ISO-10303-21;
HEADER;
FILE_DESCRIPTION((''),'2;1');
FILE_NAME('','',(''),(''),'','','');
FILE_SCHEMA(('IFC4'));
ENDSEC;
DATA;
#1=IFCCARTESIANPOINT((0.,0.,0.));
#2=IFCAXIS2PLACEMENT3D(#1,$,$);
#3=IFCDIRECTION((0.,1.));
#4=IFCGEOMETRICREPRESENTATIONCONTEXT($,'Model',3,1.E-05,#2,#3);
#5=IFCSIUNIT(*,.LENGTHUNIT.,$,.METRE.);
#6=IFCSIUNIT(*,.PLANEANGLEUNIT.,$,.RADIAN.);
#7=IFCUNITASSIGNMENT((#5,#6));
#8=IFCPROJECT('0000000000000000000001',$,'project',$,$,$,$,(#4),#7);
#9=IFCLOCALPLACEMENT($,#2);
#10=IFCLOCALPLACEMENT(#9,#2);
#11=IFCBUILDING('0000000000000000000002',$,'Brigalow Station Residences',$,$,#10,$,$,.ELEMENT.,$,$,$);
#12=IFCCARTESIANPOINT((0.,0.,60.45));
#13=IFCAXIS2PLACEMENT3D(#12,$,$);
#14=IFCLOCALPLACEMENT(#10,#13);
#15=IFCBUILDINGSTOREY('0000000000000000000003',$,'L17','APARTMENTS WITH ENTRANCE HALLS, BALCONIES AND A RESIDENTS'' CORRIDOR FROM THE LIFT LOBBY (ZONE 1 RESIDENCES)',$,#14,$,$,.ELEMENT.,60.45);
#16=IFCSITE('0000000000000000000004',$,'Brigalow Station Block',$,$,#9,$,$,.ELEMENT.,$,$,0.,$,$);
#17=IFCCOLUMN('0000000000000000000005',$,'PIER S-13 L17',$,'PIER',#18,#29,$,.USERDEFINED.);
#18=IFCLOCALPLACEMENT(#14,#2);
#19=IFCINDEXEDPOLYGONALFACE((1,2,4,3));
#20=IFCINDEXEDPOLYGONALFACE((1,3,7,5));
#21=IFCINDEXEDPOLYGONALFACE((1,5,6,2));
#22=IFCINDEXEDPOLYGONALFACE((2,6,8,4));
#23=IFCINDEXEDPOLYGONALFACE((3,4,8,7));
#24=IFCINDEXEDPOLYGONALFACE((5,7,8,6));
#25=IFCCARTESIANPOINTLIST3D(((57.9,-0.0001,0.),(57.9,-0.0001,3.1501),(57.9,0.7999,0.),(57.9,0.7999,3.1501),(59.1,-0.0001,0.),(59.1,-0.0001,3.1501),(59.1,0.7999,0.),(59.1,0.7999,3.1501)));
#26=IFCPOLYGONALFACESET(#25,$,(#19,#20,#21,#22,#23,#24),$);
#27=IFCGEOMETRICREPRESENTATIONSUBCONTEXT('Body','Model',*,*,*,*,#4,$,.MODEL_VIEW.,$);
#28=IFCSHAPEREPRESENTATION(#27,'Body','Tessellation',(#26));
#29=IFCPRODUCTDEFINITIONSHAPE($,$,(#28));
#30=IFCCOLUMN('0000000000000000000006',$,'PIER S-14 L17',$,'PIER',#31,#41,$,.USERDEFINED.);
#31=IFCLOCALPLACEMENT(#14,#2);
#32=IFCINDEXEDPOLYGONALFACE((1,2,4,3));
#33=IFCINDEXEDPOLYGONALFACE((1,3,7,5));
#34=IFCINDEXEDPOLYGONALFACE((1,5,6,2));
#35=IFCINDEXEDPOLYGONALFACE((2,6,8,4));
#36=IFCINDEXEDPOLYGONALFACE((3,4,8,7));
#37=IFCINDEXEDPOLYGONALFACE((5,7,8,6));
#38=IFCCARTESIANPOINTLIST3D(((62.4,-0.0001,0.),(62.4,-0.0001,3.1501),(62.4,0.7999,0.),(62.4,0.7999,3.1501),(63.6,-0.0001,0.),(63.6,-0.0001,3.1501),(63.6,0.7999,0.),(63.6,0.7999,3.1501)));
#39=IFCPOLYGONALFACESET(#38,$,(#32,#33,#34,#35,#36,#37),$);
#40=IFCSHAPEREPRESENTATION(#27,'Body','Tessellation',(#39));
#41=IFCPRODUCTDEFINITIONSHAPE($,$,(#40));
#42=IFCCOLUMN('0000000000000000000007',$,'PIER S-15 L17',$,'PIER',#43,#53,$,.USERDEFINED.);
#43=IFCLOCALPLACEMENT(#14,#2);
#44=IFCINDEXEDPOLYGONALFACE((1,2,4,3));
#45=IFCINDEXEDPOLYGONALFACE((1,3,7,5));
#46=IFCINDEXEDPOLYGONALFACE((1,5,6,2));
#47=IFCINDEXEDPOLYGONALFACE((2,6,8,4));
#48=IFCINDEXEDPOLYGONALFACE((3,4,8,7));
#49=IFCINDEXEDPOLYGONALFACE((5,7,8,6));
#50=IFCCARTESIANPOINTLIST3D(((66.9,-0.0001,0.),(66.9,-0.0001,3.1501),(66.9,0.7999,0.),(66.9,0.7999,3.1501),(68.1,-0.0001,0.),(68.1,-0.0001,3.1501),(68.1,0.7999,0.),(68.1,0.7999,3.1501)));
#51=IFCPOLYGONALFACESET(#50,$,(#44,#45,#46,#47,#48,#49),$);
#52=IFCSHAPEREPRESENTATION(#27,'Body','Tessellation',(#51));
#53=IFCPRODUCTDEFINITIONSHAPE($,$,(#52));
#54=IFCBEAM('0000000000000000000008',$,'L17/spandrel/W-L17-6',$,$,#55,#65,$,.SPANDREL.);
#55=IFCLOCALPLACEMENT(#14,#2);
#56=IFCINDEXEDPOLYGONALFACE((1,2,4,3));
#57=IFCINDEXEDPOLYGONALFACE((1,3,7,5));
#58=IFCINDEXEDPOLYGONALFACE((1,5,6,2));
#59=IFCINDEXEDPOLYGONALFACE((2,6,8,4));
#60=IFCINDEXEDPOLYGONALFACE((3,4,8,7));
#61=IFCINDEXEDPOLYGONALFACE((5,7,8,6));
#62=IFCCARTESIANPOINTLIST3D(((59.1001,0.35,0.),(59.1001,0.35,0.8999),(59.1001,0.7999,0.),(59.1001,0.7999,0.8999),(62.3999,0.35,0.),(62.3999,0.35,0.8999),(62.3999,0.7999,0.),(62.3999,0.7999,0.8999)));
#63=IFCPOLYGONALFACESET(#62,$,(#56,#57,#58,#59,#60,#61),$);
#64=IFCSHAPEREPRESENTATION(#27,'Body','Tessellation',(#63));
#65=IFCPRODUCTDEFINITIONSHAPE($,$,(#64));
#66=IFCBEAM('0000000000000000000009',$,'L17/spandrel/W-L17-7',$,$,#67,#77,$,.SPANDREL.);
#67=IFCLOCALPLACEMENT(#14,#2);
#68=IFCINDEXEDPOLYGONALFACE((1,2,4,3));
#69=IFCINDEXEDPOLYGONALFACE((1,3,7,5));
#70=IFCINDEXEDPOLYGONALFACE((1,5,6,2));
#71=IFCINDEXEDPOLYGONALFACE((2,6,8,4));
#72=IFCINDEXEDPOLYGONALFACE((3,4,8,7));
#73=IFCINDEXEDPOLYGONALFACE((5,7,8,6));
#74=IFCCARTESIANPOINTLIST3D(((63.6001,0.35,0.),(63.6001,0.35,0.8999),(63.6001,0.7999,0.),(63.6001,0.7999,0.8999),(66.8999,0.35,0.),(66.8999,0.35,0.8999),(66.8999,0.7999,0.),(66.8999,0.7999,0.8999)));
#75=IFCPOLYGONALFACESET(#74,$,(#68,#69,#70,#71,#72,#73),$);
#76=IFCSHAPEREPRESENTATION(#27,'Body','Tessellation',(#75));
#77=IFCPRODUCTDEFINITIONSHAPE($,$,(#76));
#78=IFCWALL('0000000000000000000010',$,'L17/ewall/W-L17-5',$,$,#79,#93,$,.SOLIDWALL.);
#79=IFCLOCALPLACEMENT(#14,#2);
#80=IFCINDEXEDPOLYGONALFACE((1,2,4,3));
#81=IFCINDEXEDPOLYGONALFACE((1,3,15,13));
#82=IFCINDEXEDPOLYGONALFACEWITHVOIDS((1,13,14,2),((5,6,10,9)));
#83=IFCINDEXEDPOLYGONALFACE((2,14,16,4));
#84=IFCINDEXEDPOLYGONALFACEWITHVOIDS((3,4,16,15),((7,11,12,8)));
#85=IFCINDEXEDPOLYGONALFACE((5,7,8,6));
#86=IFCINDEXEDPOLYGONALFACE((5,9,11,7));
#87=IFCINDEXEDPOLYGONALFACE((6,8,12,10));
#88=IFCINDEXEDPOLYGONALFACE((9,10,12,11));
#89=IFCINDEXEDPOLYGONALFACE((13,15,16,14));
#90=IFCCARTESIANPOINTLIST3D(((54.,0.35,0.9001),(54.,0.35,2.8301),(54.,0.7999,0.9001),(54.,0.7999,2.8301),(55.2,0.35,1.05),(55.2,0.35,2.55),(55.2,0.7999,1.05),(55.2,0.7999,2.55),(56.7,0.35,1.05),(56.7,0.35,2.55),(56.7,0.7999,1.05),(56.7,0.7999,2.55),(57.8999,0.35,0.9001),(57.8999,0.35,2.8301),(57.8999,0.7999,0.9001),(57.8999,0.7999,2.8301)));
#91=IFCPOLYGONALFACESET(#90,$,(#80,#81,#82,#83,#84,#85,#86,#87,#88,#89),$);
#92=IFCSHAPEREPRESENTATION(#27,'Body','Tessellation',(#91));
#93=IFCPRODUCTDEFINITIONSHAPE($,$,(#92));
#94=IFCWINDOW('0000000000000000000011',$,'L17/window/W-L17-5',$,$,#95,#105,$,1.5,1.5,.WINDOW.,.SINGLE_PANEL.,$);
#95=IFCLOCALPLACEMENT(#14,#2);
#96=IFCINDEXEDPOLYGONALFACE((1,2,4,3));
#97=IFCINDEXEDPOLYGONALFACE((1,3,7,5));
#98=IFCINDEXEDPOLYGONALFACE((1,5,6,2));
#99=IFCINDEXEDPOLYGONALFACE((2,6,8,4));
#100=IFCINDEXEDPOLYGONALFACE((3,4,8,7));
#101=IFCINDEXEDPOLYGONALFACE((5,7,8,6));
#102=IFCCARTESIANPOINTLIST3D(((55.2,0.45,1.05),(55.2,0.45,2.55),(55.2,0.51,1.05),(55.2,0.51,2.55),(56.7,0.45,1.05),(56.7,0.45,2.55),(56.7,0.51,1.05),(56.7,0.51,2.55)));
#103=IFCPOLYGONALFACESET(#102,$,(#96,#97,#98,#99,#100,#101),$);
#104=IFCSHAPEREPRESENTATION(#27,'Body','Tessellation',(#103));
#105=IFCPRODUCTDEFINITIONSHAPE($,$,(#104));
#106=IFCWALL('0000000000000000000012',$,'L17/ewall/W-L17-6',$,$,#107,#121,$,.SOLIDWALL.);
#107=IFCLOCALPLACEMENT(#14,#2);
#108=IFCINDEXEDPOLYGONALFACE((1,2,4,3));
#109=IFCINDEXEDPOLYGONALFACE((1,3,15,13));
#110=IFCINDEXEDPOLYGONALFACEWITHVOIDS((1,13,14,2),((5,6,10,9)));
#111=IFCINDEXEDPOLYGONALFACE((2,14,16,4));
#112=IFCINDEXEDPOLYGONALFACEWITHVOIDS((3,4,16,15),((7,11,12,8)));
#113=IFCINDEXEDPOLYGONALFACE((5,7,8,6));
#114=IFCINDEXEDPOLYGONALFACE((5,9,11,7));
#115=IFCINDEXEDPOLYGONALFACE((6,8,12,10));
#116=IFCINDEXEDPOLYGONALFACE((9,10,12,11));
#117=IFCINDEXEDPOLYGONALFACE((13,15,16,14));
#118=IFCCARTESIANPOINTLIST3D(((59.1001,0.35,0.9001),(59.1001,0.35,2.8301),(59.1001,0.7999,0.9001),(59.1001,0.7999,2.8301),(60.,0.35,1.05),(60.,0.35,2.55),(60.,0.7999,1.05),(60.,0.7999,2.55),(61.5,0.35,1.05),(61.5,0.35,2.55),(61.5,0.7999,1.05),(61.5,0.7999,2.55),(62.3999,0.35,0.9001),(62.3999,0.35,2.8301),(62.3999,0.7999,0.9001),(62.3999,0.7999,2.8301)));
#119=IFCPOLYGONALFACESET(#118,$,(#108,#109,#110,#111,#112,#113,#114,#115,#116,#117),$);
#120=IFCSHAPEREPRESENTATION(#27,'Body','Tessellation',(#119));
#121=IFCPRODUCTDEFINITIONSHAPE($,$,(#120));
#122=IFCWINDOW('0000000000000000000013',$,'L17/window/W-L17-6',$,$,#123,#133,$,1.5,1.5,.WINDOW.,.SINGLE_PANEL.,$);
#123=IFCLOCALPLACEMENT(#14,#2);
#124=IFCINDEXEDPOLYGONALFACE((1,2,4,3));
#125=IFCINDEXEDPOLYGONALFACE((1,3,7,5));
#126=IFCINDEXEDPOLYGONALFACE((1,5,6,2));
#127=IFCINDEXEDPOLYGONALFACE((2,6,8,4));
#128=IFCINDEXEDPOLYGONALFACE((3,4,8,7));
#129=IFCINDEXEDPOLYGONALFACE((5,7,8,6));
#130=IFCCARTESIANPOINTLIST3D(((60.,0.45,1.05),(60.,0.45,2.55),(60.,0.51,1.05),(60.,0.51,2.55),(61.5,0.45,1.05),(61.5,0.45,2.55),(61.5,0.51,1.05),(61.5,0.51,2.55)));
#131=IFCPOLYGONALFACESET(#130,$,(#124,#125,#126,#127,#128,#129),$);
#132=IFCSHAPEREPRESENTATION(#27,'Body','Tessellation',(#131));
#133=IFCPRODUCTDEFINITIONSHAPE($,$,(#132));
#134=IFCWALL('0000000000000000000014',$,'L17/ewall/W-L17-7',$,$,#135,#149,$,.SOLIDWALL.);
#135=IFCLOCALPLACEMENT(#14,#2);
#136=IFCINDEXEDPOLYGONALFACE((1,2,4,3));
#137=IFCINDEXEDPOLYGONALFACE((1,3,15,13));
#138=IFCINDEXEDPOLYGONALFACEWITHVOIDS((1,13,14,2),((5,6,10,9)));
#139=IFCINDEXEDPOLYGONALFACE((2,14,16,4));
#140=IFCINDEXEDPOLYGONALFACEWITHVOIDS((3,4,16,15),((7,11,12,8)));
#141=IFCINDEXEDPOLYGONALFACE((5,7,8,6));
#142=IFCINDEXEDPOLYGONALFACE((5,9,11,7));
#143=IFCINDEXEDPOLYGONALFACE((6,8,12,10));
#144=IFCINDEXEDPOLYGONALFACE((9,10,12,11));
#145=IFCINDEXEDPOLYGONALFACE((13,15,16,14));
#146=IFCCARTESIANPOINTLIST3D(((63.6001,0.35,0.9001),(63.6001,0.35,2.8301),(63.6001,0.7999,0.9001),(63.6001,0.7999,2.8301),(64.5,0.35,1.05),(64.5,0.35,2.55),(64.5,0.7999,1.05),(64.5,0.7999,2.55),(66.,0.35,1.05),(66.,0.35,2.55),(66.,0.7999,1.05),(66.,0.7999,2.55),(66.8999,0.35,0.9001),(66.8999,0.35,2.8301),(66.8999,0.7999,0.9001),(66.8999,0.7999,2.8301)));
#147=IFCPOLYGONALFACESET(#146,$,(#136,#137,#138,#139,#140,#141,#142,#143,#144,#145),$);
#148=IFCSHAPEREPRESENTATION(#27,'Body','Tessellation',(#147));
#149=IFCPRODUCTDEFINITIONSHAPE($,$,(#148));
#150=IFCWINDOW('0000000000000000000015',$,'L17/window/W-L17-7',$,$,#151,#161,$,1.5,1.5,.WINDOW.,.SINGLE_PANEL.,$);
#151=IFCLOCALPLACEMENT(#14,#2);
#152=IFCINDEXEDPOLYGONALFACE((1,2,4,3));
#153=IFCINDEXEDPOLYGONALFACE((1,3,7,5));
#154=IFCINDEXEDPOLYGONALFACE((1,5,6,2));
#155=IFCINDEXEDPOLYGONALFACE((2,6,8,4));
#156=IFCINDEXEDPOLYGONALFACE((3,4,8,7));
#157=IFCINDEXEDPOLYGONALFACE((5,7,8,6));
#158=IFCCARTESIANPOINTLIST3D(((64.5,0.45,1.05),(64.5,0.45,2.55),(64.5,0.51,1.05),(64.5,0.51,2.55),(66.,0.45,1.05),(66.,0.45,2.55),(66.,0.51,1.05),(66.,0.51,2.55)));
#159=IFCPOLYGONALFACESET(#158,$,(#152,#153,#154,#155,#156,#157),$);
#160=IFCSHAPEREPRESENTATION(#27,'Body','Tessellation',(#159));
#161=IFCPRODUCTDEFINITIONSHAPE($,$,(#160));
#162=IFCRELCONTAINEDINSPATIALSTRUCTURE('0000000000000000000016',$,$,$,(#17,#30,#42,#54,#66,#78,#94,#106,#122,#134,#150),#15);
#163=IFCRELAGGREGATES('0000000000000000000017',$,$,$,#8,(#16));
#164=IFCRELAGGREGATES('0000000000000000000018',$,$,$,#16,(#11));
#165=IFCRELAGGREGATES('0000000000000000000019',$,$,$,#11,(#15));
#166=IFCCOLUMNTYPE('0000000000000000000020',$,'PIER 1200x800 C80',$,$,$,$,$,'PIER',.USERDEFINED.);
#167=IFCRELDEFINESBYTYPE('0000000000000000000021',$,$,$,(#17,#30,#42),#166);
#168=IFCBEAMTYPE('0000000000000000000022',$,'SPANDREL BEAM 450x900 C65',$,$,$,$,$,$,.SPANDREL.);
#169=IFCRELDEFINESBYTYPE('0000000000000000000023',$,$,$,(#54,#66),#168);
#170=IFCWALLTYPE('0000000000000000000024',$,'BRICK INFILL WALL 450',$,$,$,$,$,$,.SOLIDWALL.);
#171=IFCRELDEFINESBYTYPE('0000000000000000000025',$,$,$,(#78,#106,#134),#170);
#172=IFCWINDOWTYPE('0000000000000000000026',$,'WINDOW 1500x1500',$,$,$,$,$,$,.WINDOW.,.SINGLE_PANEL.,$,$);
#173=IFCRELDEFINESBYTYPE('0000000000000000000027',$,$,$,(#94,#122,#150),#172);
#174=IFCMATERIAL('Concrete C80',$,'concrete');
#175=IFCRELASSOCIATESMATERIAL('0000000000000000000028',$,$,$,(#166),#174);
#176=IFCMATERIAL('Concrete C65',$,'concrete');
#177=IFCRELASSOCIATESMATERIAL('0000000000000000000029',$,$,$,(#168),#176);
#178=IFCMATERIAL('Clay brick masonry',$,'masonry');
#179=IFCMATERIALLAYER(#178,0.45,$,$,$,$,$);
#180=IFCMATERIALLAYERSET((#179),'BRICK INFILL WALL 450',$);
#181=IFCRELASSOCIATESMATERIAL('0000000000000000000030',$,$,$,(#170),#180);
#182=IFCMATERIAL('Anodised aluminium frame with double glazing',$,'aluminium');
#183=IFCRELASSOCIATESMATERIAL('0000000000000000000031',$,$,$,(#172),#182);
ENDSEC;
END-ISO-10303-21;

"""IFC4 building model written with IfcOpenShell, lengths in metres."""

from ifc_helpers import new_model, si_unit, direction, frame, frame_2d, origin, origin_2d, place, context, subcontext, project, spatial, rectangle, extrude, material, layer, layer_set, material_profile, profile_set, type_object, element, fill, save


model = new_model("IFC4")

# Units and contexts
model_context = context("Model", 3, precision=1e-05, world=origin(), true_north=direction((0.0, 1.0)))
body_context = subcontext(model_context, "Body", "Model", "MODEL_VIEW")
ifc_project = project(units=[si_unit("LENGTHUNIT", "METRE"), si_unit("PLANEANGLEUNIT", "RADIAN")], contexts=[model_context])

# Site, building, storey
site_placement = place(None, origin())
site = spatial("IfcSite", under=ifc_project, at=site_placement, Name="Brigalow Station Block", CompositionType="ELEMENT", RefElevation=0.0)
building_placement = place(site_placement, origin())
building = spatial("IfcBuilding", under=site, at=building_placement, Name="Brigalow Station Residences", CompositionType="ELEMENT")
storey_placement = place(building_placement, frame((0.0, 0.0, 60.45)))
storey = spatial("IfcBuildingStorey", under=building, at=storey_placement, Name="L17", Description="APARTMENTS WITH ENTRANCE HALLS, BALCONIES AND A RESIDENTS' CORRIDOR FROM THE LIFT LOBBY (ZONE 1 RESIDENCES)", CompositionType="ELEMENT", Elevation=60.45)

# Columns
ifc_material_1 = material(Name="Concrete C80", Category="concrete")
ifc_material_profile_1 = material_profile(ifc_material_1, rectangle(XDim=1.2, YDim=0.8, at=origin_2d()), Name="RC1200x800")
ifc_profile_set_1 = profile_set([ifc_material_profile_1], Name="Concrete C80")
column_type = type_object("IfcColumnType", Name="PIER 1200x800 C80", ElementType="PIER", PredefinedType="USERDEFINED", material=ifc_profile_set_1)
for number, where, z_axis, x_axis, name in (
    (1, (58.5, 0.3999, 0.0), (0.0, 0.0, 1.0), (1.0, 0.0, 0.0), "PIER S-13 L17"),
    (2, (63.0, 0.3999, 0.0), (0.0, 0.0, 1.0), (1.0, 0.0, 0.0), "PIER S-14 L17"),
    (3, (67.5, 0.3999, 0.0), (0.0, 0.0, 1.0), (1.0, 0.0, 0.0), "PIER S-15 L17"),
):
    element("IfcColumn", number, at=place(storey_placement, frame(where, z_axis=z_axis, x_axis=x_axis)), inside=storey, type_object=column_type, Name=name, ObjectType="PIER", PredefinedType="USERDEFINED", context=body_context, shape_type="SweptSolid", body=[
        extrude(rectangle(XDim=1.2, YDim=0.8, at=origin_2d()), origin(), (0.0, 0.0, 1.0), 3.1501),
    ])

# Beams
ifc_material_2 = material(Name="Concrete C65", Category="concrete")
ifc_material_profile_2 = material_profile(ifc_material_2, rectangle(XDim=0.45, YDim=0.8999, at=origin_2d()), Name="RC450x900")
ifc_profile_set_2 = profile_set([ifc_material_profile_2], Name="Concrete C65")
beam_type = type_object("IfcBeamType", Name="SPANDREL BEAM 450x900 C65", PredefinedType="SPANDREL", material=ifc_profile_set_2)
for number, where, z_axis, x_axis, name in (
    (4, (59.1001, 0.575, 0.45), (1.0, 0.0, 0.0), (0.0, 1.0, 0.0), "L17/spandrel/W-L17-6"),
    (5, (63.6001, 0.575, 0.45), (1.0, 0.0, 0.0), (0.0, 1.0, 0.0), "L17/spandrel/W-L17-7"),
):
    element("IfcBeam", number, at=place(storey_placement, frame(where, z_axis=z_axis, x_axis=x_axis)), inside=storey, type_object=beam_type, Name=name, PredefinedType="SPANDREL", context=body_context, shape_type="SweptSolid", body=[
        extrude(rectangle(XDim=0.45, YDim=0.8999, at=origin_2d()), origin(), (0.0, 0.0, 1.0), 3.2998),
    ])

# Walls, openings, windows
ifc_material_3 = material(Name="Clay brick masonry", Category="masonry")
ifc_layer_1 = layer(ifc_material_3, 0.45)
ifc_layer_set_1 = layer_set([ifc_layer_1], Name="BRICK INFILL WALL 450")
wall_type_1 = type_object("IfcWallType", Name="BRICK INFILL WALL 450", PredefinedType="SOLIDWALL", material=ifc_layer_set_1)
wall_1_placement = place(storey_placement, frame((54.0, 0.575, 0.9001), z_axis=(0.0, 0.0, 1.0), x_axis=(1.0, 0.0, 0.0)))
wall_1 = element("IfcWall", 6, at=wall_1_placement, inside=storey, type_object=wall_type_1, Name="L17/ewall/W-L17-5", PredefinedType="SOLIDWALL", context=body_context, shape_type="SweptSolid", body=[
    extrude(rectangle(XDim=3.8999, YDim=0.45, at=frame_2d((1.95, 0.0))), origin(), (0.0, 0.0, 1.0), 1.9299),
])
opening_1_placement = place(wall_1_placement, frame((1.2, 0.0, 0.1499)))
opening_1 = element("IfcOpeningElement", 7, at=opening_1_placement, cuts=wall_1, PredefinedType="OPENING", context=body_context, shape_type="SweptSolid", body=[
    extrude(rectangle(XDim=1.5, YDim=1.5, at=frame_2d((0.75, 0.75))), frame((0.0, 0.2349, 0.0), z_axis=(0.0, -1.0, 0.0), x_axis=(1.0, 0.0, 0.0)), (0.0, 0.0, 1.0), 0.47),
])
ifc_material_4 = material(Name="Anodised aluminium frame with double glazing", Category="aluminium")
window_type = type_object("IfcWindowType", Name="WINDOW 1500x1500", PartitioningType="SINGLE_PANEL", PredefinedType="WINDOW", material=ifc_material_4)
window_1_placement = place(opening_1_placement, origin())
window_1 = element("IfcWindow", 8, at=window_1_placement, inside=storey, type_object=window_type, Name="L17/window/W-L17-5", OverallHeight=1.5, OverallWidth=1.5, PartitioningType="SINGLE_PANEL", PredefinedType="WINDOW", context=body_context, shape_type="SweptSolid", body=[
    extrude(rectangle(XDim=1.5, YDim=1.5, at=frame_2d((0.75, 0.75))), frame((0.0, -0.0649, 0.0), z_axis=(0.0, -1.0, 0.0), x_axis=(1.0, 0.0, 0.0)), (0.0, 0.0, 1.0), 0.0601),
])
fill(opening_1, window_1)
wall_2_placement = place(storey_placement, frame((59.1001, 0.575, 0.9001), z_axis=(0.0, 0.0, 1.0), x_axis=(1.0, 0.0, 0.0)))
wall_2 = element("IfcWall", 9, at=wall_2_placement, inside=storey, type_object=wall_type_1, Name="L17/ewall/W-L17-6", PredefinedType="SOLIDWALL", context=body_context, shape_type="SweptSolid", body=[
    extrude(rectangle(XDim=3.2998, YDim=0.45, at=frame_2d((1.6499, 0.0))), origin(), (0.0, 0.0, 1.0), 1.9299),
])
opening_2_placement = place(wall_2_placement, frame((0.8999, 0.0, 0.1499)))
opening_2 = element("IfcOpeningElement", 10, at=opening_2_placement, cuts=wall_2, PredefinedType="OPENING", context=body_context, shape_type="SweptSolid", body=[
    extrude(rectangle(XDim=1.5, YDim=1.5, at=frame_2d((0.75, 0.75))), frame((0.0, 0.2349, 0.0), z_axis=(0.0, -1.0, 0.0), x_axis=(1.0, 0.0, 0.0)), (0.0, 0.0, 1.0), 0.47),
])
window_2_placement = place(opening_2_placement, origin())
window_2 = element("IfcWindow", 11, at=window_2_placement, inside=storey, type_object=window_type, Name="L17/window/W-L17-6", OverallHeight=1.5, OverallWidth=1.5, PartitioningType="SINGLE_PANEL", PredefinedType="WINDOW", context=body_context, shape_type="SweptSolid", body=[
    extrude(rectangle(XDim=1.5, YDim=1.5, at=frame_2d((0.75, 0.75))), frame((0.0, -0.0649, 0.0), z_axis=(0.0, -1.0, 0.0), x_axis=(1.0, 0.0, 0.0)), (0.0, 0.0, 1.0), 0.0601),
])
fill(opening_2, window_2)
wall_3_placement = place(storey_placement, frame((63.6001, 0.575, 0.9001), z_axis=(0.0, 0.0, 1.0), x_axis=(1.0, 0.0, 0.0)))
wall_3 = element("IfcWall", 12, at=wall_3_placement, inside=storey, type_object=wall_type_1, Name="L17/ewall/W-L17-7", PredefinedType="SOLIDWALL", context=body_context, shape_type="SweptSolid", body=[
    extrude(rectangle(XDim=3.2998, YDim=0.45, at=frame_2d((1.6499, 0.0))), origin(), (0.0, 0.0, 1.0), 1.9299),
])
opening_3_placement = place(wall_3_placement, frame((0.8999, 0.0, 0.1499)))
opening_3 = element("IfcOpeningElement", 13, at=opening_3_placement, cuts=wall_3, PredefinedType="OPENING", context=body_context, shape_type="SweptSolid", body=[
    extrude(rectangle(XDim=1.5, YDim=1.5, at=frame_2d((0.75, 0.75))), frame((0.0, 0.2349, 0.0), z_axis=(0.0, -1.0, 0.0), x_axis=(1.0, 0.0, 0.0)), (0.0, 0.0, 1.0), 0.47),
])
window_3_placement = place(opening_3_placement, origin())
window_3 = element("IfcWindow", 14, at=window_3_placement, inside=storey, type_object=window_type, Name="L17/window/W-L17-7", OverallHeight=1.5, OverallWidth=1.5, PartitioningType="SINGLE_PANEL", PredefinedType="WINDOW", context=body_context, shape_type="SweptSolid", body=[
    extrude(rectangle(XDim=1.5, YDim=1.5, at=frame_2d((0.75, 0.75))), frame((0.0, -0.0649, 0.0), z_axis=(0.0, -1.0, 0.0), x_axis=(1.0, 0.0, 0.0)), (0.0, 0.0, 1.0), 0.0601),
])
fill(opening_3, window_3)

save(model, "model.ifc")
